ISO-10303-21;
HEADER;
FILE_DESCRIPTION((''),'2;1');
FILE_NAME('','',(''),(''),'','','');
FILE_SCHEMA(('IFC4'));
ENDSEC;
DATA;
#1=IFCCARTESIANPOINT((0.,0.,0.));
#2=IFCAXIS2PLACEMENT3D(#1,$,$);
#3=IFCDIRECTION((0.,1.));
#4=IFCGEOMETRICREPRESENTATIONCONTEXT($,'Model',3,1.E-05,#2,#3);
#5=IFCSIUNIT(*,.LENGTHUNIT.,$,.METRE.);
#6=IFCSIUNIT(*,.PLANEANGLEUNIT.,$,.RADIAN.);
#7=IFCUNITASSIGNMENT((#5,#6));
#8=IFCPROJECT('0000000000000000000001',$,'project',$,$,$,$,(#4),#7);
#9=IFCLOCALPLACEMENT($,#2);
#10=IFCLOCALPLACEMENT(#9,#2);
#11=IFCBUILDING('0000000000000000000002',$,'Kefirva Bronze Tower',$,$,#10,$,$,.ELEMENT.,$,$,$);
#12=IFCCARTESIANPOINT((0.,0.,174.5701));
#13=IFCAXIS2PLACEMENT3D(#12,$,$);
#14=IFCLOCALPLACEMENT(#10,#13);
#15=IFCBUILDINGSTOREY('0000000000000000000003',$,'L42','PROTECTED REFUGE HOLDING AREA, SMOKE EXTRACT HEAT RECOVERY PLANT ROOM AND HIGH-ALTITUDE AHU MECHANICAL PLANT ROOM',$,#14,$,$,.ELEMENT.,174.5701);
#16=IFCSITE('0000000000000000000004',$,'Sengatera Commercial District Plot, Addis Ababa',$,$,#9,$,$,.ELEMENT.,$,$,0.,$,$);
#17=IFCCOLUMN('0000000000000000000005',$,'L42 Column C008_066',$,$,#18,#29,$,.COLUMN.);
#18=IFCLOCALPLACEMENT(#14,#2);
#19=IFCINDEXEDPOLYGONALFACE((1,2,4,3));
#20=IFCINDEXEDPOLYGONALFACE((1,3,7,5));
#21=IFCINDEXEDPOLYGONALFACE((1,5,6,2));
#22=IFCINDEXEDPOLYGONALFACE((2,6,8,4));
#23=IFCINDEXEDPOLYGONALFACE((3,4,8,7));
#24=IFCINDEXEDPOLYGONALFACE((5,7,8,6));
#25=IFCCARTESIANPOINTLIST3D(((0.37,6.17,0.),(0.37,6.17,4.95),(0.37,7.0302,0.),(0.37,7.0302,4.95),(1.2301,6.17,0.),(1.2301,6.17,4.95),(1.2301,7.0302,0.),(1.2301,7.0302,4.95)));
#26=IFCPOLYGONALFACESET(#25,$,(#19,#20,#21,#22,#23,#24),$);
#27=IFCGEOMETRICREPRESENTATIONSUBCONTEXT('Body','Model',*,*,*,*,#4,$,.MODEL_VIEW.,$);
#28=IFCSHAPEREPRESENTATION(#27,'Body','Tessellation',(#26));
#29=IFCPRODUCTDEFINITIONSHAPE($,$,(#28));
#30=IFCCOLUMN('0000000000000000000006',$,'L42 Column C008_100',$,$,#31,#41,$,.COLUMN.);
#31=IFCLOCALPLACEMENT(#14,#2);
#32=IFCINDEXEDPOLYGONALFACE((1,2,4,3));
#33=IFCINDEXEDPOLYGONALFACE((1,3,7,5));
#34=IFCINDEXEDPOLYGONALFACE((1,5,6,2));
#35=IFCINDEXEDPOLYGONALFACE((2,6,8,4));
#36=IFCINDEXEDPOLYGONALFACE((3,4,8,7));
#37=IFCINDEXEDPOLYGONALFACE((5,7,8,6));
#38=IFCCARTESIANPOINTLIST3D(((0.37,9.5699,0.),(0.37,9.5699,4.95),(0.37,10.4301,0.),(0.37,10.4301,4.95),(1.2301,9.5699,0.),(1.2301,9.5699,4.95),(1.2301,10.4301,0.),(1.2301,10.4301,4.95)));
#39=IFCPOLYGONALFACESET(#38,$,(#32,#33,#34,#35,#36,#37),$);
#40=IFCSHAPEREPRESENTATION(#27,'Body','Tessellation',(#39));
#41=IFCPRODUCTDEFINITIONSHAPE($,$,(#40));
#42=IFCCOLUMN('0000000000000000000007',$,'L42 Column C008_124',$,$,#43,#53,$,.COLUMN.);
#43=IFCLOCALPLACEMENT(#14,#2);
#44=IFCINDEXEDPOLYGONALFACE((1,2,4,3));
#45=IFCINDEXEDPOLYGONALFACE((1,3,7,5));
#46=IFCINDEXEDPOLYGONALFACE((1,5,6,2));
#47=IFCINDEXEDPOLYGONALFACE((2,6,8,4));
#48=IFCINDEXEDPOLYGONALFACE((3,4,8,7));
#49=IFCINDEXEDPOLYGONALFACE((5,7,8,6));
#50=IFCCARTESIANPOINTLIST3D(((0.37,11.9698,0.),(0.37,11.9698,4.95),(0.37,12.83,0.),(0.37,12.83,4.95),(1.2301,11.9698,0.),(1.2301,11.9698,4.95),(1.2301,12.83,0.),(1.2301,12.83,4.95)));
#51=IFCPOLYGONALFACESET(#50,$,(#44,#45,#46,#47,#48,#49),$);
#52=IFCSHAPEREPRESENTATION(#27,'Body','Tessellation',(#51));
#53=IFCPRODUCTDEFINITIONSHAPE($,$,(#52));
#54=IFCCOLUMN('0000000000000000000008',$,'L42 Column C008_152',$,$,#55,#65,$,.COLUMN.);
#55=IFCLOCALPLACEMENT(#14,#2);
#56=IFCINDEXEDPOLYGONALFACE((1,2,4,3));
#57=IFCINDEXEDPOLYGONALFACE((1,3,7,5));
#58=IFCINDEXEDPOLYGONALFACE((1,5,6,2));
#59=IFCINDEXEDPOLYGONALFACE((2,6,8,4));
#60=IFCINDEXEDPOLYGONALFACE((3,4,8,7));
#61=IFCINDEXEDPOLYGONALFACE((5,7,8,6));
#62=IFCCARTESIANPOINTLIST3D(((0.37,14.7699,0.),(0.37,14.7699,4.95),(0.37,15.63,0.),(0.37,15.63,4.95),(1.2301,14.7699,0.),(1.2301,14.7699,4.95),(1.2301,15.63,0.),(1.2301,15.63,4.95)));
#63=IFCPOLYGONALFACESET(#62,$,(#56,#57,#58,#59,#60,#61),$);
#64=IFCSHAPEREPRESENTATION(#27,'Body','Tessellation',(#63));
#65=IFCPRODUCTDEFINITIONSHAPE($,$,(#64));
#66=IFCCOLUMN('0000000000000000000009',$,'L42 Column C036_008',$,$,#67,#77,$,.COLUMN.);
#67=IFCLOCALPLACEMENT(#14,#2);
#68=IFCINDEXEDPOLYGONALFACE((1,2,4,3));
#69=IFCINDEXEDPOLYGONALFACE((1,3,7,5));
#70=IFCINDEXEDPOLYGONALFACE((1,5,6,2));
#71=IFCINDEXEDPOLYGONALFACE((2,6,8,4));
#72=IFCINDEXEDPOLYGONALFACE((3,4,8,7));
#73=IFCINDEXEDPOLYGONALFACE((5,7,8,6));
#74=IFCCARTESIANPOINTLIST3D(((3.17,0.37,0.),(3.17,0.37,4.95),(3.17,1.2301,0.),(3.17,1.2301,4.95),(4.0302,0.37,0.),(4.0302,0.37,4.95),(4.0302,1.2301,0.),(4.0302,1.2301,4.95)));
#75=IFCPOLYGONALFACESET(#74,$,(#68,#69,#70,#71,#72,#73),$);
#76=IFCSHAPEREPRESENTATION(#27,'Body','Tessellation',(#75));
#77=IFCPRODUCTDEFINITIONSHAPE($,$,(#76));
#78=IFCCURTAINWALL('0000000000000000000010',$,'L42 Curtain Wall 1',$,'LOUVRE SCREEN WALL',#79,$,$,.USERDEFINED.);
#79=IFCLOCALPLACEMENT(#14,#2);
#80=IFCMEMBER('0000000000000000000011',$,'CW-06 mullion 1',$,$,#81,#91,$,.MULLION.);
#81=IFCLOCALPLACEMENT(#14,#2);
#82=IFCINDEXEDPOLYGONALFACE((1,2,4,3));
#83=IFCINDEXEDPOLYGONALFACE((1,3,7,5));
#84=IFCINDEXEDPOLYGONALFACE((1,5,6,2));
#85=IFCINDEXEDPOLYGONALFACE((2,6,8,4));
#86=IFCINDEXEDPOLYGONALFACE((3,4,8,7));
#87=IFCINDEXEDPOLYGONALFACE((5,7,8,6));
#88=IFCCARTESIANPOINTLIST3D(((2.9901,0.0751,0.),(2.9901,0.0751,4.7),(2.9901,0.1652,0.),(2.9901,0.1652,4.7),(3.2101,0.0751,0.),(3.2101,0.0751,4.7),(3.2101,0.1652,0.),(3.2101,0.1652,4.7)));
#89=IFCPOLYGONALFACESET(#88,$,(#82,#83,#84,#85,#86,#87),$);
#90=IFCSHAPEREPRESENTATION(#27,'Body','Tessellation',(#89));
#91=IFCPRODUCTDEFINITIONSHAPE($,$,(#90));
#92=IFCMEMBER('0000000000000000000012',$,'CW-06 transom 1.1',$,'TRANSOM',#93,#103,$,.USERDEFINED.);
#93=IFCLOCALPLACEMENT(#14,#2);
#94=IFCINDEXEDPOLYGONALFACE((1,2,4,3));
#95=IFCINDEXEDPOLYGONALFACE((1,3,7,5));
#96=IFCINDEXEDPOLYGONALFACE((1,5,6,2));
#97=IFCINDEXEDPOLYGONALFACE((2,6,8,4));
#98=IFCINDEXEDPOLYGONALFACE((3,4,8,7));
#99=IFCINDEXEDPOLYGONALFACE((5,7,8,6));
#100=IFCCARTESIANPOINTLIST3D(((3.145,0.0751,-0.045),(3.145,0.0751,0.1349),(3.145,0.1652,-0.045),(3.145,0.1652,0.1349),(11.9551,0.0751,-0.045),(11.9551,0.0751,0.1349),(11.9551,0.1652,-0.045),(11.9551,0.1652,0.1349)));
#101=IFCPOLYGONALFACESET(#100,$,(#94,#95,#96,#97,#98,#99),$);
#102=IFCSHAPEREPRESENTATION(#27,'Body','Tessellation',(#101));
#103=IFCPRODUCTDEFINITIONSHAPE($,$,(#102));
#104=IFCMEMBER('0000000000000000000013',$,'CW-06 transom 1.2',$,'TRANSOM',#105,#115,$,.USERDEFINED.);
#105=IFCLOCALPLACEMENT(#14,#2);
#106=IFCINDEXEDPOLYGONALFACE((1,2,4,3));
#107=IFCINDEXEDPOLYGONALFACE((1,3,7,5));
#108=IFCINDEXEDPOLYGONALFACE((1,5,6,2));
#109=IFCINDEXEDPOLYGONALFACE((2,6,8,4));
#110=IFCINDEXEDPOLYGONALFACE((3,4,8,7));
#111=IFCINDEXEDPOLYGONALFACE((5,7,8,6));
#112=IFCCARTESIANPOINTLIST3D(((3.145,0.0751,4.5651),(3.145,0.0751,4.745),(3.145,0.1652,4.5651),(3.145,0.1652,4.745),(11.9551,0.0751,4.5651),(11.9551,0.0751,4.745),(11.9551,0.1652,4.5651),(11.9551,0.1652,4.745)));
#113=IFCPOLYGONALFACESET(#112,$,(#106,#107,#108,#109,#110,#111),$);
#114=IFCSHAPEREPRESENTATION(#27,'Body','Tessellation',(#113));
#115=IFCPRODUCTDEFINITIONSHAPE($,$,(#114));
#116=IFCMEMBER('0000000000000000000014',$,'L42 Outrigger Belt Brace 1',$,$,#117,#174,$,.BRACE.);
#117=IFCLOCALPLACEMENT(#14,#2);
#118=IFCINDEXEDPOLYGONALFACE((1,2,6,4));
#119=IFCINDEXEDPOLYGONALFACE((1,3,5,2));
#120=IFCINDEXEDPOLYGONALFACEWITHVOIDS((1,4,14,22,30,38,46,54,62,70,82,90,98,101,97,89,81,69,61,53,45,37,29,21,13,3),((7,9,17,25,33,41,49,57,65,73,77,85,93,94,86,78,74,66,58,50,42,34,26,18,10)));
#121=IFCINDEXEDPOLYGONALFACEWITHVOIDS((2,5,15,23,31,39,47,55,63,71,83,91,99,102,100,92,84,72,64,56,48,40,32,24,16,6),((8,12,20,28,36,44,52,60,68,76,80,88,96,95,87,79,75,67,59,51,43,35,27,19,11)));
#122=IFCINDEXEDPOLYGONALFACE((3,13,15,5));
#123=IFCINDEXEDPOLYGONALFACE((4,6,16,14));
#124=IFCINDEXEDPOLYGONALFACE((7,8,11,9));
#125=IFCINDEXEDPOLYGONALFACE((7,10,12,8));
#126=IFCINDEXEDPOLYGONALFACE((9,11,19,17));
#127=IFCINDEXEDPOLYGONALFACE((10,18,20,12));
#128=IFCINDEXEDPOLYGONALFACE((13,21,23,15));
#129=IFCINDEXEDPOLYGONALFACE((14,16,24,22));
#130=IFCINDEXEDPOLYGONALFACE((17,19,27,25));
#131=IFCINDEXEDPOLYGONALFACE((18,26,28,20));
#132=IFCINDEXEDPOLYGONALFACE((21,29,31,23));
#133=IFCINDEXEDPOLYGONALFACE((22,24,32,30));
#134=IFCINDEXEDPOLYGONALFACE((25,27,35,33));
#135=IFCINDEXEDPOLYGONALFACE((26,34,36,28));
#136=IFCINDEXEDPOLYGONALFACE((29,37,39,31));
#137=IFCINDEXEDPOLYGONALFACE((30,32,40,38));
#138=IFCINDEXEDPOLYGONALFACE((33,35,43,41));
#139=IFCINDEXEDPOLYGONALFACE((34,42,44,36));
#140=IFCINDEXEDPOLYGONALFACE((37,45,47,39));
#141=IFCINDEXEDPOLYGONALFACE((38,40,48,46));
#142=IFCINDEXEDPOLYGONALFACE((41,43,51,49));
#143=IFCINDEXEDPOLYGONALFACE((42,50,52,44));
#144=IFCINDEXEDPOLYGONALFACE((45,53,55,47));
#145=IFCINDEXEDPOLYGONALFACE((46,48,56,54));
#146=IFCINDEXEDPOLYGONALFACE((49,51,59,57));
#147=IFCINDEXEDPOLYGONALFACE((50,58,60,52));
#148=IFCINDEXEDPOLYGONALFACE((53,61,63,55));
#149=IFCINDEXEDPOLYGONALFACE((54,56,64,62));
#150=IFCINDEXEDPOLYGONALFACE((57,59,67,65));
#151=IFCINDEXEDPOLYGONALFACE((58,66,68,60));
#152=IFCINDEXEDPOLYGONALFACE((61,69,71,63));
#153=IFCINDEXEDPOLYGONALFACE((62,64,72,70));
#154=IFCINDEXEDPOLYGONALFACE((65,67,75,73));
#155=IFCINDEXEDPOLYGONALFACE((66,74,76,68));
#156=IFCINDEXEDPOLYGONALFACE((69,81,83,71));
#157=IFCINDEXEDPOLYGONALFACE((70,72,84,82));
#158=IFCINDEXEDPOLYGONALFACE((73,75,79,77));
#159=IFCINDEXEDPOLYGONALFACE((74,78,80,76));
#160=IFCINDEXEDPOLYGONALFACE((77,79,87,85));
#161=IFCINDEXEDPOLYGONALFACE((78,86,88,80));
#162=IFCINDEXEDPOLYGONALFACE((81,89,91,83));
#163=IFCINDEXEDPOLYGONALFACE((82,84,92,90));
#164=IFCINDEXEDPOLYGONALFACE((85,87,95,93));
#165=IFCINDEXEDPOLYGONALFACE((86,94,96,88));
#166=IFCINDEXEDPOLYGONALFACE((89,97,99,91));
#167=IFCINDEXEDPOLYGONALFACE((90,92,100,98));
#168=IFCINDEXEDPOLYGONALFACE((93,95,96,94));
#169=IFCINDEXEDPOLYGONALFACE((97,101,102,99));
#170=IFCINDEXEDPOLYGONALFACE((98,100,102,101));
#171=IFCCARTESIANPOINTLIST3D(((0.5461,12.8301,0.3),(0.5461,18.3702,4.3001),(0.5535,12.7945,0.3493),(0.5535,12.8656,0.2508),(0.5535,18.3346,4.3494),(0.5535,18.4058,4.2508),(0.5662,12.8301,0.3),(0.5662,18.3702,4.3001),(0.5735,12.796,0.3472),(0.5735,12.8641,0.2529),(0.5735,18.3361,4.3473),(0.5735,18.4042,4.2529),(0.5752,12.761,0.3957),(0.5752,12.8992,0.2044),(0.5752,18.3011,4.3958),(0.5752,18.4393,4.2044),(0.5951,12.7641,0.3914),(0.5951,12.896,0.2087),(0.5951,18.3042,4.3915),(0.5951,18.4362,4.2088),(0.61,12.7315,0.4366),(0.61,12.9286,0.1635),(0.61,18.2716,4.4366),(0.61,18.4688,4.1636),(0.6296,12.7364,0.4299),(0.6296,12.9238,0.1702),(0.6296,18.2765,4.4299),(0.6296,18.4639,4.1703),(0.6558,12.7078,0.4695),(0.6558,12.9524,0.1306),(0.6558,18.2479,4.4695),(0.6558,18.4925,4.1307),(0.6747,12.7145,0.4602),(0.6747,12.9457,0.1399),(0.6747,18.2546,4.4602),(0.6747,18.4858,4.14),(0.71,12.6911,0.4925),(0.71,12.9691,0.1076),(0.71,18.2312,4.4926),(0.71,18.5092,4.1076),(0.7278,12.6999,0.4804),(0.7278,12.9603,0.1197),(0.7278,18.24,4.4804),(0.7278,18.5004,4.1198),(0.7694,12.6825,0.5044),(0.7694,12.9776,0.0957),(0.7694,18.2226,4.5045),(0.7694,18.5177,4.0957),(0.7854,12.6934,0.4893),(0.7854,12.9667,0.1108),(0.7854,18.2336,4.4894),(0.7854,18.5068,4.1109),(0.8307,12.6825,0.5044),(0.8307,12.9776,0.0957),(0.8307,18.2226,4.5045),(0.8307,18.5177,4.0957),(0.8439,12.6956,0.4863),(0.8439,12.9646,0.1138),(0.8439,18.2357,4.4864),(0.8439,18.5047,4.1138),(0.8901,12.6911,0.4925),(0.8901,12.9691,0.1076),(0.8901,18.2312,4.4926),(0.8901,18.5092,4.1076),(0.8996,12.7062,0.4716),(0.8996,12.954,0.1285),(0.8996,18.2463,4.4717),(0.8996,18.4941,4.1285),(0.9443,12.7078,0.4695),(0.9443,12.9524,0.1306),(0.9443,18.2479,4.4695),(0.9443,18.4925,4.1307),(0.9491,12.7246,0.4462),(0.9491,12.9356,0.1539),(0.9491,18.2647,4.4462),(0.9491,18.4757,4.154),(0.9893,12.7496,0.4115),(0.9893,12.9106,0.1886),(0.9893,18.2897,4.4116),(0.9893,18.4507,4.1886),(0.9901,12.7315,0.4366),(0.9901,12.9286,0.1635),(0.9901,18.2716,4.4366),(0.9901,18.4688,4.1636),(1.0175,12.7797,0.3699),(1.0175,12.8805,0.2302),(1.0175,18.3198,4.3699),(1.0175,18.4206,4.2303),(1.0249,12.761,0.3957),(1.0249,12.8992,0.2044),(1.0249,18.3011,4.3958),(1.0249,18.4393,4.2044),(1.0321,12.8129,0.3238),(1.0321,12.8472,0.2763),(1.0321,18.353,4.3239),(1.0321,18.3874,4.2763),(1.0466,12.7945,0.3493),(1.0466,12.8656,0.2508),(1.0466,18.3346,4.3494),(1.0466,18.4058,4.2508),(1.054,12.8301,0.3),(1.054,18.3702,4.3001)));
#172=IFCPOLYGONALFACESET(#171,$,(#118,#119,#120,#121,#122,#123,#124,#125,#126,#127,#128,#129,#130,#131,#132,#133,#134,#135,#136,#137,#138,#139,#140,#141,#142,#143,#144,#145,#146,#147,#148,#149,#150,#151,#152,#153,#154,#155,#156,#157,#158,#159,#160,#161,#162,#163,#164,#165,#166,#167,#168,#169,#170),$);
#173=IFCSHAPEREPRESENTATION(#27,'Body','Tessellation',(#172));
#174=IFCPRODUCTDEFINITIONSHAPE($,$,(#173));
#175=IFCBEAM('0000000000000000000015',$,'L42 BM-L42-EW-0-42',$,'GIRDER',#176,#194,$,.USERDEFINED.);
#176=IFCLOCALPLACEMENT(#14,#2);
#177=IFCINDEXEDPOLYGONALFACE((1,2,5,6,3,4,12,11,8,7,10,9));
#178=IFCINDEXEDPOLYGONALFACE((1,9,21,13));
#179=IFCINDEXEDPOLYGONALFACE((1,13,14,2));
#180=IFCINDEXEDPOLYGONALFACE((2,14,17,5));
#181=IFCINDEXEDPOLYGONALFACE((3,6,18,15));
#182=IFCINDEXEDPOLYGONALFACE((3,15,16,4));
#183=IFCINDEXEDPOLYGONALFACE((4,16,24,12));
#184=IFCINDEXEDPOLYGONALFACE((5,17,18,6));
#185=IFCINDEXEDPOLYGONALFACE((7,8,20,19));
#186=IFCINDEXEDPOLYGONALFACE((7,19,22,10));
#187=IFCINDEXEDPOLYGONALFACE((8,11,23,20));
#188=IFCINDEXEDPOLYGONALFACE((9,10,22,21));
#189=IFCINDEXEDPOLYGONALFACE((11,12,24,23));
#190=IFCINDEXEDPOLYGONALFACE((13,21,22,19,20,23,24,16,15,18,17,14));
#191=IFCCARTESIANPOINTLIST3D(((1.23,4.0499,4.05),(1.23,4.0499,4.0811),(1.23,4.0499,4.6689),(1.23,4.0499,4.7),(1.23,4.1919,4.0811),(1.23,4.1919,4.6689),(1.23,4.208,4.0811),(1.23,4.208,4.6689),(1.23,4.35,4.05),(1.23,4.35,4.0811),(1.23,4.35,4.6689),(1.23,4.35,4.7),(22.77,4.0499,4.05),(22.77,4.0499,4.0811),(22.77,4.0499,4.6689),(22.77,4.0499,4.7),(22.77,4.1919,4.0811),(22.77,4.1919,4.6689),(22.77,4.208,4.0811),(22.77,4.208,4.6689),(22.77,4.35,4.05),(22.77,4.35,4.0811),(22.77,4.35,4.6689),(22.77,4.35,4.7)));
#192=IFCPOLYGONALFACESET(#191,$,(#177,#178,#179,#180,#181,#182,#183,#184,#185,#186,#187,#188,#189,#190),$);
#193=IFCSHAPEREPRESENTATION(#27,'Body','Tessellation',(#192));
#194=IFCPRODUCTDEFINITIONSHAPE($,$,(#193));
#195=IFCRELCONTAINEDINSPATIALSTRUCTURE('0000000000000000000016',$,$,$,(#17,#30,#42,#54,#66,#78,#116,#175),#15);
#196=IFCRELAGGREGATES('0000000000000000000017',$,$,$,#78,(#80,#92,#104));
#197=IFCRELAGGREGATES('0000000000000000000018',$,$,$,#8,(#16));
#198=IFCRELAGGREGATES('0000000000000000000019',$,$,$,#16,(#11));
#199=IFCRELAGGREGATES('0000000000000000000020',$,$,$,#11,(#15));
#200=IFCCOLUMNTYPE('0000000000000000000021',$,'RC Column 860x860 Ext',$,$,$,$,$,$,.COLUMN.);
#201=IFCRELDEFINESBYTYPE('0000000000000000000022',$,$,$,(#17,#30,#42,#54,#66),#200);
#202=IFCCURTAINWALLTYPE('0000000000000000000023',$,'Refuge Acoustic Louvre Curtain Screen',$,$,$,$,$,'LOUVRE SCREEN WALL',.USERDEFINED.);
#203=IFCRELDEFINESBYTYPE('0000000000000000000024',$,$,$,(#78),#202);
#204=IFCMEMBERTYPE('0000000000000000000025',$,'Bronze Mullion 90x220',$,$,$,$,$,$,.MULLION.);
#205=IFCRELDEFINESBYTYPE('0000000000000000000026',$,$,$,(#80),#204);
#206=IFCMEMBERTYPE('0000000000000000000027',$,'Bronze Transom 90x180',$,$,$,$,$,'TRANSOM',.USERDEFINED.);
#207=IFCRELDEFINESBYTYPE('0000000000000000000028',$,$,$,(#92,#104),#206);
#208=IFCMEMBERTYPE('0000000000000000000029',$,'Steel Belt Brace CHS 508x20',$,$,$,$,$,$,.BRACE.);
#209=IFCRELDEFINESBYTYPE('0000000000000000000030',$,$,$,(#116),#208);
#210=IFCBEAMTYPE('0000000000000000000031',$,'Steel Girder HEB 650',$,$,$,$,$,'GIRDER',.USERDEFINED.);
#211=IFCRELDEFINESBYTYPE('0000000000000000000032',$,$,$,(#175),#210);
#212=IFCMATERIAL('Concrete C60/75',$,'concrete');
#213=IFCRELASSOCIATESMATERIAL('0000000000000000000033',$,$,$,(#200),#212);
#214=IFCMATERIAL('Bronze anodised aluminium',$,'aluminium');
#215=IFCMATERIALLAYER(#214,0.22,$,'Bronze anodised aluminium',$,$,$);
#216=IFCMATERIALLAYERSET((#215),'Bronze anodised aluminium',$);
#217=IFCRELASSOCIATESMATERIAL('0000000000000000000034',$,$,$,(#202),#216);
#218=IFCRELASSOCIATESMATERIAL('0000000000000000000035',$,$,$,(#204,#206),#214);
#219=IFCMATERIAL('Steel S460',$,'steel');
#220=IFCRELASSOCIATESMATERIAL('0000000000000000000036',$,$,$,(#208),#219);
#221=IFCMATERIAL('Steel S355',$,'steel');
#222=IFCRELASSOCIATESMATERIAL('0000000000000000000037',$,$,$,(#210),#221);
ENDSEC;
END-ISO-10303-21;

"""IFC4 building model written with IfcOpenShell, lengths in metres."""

from ifc_helpers import new_model, si_unit, direction, frame, origin, origin_2d, place, context, subcontext, project, spatial, rectangle, hollow_circle, i_section, extrude, material, layer, layer_set, material_profile, profile_set, type_object, element, aggregate, save


model = new_model("IFC4")

# Units and contexts
model_context = context("Model", 3, precision=1e-05, world=origin(), true_north=direction((0.0, 1.0)))
body_context = subcontext(model_context, "Body", "Model", "MODEL_VIEW")
ifc_project = project(units=[si_unit("LENGTHUNIT", "METRE"), si_unit("PLANEANGLEUNIT", "RADIAN")], contexts=[model_context])

# Site, building, storey
site_placement = place(None, origin())
site = spatial("IfcSite", under=ifc_project, at=site_placement, Name="Sengatera Commercial District Plot, Addis Ababa", CompositionType="ELEMENT", RefElevation=0.0)
building_placement = place(site_placement, origin())
building = spatial("IfcBuilding", under=site, at=building_placement, Name="Kefirva Bronze Tower", CompositionType="ELEMENT")
storey_placement = place(building_placement, frame((0.0, 0.0, 174.5701)))
storey = spatial("IfcBuildingStorey", under=building, at=storey_placement, Name="L42", Description="PROTECTED REFUGE HOLDING AREA, SMOKE EXTRACT HEAT RECOVERY PLANT ROOM AND HIGH-ALTITUDE AHU MECHANICAL PLANT ROOM", CompositionType="ELEMENT", Elevation=174.5701)

# Columns
ifc_material_1 = material(Name="Concrete C60/75", Category="concrete")
ifc_material_profile_1 = material_profile(ifc_material_1, rectangle(XDim=0.8601, YDim=0.8601, at=origin_2d()), Name="RC 860x860")
ifc_profile_set_1 = profile_set([ifc_material_profile_1], Name="Concrete C60/75")
column_type = type_object("IfcColumnType", Name="RC Column 860x860 Ext", PredefinedType="COLUMN", material=ifc_profile_set_1)
for number, where, z_axis, x_axis, name in (
    (1, (0.8, 6.6001, 0.0), (0.0, 0.0, 1.0), (1.0, 0.0, 0.0), "L42 Column C008_066"),
    (2, (0.8, 10.0, 0.0), (0.0, 0.0, 1.0), (1.0, 0.0, 0.0), "L42 Column C008_100"),
    (3, (0.8, 12.3999, 0.0), (0.0, 0.0, 1.0), (1.0, 0.0, 0.0), "L42 Column C008_124"),
    (4, (0.8, 15.2, 0.0), (0.0, 0.0, 1.0), (1.0, 0.0, 0.0), "L42 Column C008_152"),
    (5, (3.6001, 0.8, 0.0), (0.0, 0.0, 1.0), (1.0, 0.0, 0.0), "L42 Column C036_008"),
):
    element("IfcColumn", number, at=place(storey_placement, frame(where, z_axis=z_axis, x_axis=x_axis)), inside=storey, type_object=column_type, Name=name, PredefinedType="COLUMN", context=body_context, shape_type="SweptSolid", body=[
        extrude(rectangle(XDim=0.8601, YDim=0.8601, at=origin_2d()), origin(), (0.0, 0.0, 1.0), 4.95),
    ])

# Curtain wall, members
ifc_material_2 = material(Name="Bronze anodised aluminium", Category="aluminium")
ifc_layer_1 = layer(ifc_material_2, 0.22, Name="Bronze anodised aluminium")
ifc_layer_set_1 = layer_set([ifc_layer_1], Name="Bronze anodised aluminium")
curtain_wall_type = type_object("IfcCurtainWallType", Name="Refuge Acoustic Louvre Curtain Screen", ElementType="LOUVRE SCREEN WALL", PredefinedType="USERDEFINED", material=ifc_layer_set_1)
curtain_wall_placement = place(storey_placement, origin())
curtain_wall = element("IfcCurtainWall", 6, at=curtain_wall_placement, inside=storey, type_object=curtain_wall_type, Name="L42 Curtain Wall 1", ObjectType="LOUVRE SCREEN WALL", PredefinedType="USERDEFINED")
ifc_material_profile_2 = material_profile(ifc_material_2, rectangle(XDim=0.0901, YDim=0.22, at=origin_2d()), Name="ALU 90x220")
ifc_profile_set_2 = profile_set([ifc_material_profile_2], Name="Bronze anodised aluminium")
member_type_1 = type_object("IfcMemberType", Name="Bronze Mullion 90x220", PredefinedType="MULLION", material=ifc_profile_set_2)
member_1_placement = place(storey_placement, frame((3.1001, 0.1201, 0.0), z_axis=(0.0, 0.0, 1.0), x_axis=(0.0, 1.0, 0.0)))
member_1 = element("IfcMember", 7, at=member_1_placement, type_object=member_type_1, Name="CW-06 mullion 1", PredefinedType="MULLION", context=body_context, shape_type="SweptSolid", body=[
    extrude(rectangle(XDim=0.0901, YDim=0.22, at=origin_2d()), origin(), (0.0, 0.0, 1.0), 4.7),
])
ifc_material_profile_3 = material_profile(ifc_material_2, rectangle(XDim=0.0901, YDim=0.1799, at=origin_2d()), Name="ALU 90x180")
ifc_profile_set_3 = profile_set([ifc_material_profile_3], Name="Bronze anodised aluminium")
member_type_2 = type_object("IfcMemberType", Name="Bronze Transom 90x180", ElementType="TRANSOM", PredefinedType="USERDEFINED", material=ifc_profile_set_3)
member_2_placement = place(storey_placement, frame((3.145, 0.1201, 0.0449), z_axis=(1.0, 0.0, 0.0), x_axis=(0.0, 1.0, 0.0)))
member_2 = element("IfcMember", 8, at=member_2_placement, type_object=member_type_2, Name="CW-06 transom 1.1", ObjectType="TRANSOM", PredefinedType="USERDEFINED", context=body_context, shape_type="SweptSolid", body=[
    extrude(rectangle(XDim=0.0901, YDim=0.1799, at=origin_2d()), origin(), (0.0, 0.0, 1.0), 8.8101),
])
member_3_placement = place(storey_placement, frame((3.145, 0.1201, 4.655), z_axis=(1.0, 0.0, 0.0), x_axis=(0.0, 1.0, 0.0)))
member_3 = element("IfcMember", 9, at=member_3_placement, type_object=member_type_2, Name="CW-06 transom 1.2", ObjectType="TRANSOM", PredefinedType="USERDEFINED", context=body_context, shape_type="SweptSolid", body=[
    extrude(rectangle(XDim=0.0901, YDim=0.1799, at=origin_2d()), origin(), (0.0, 0.0, 1.0), 8.8101),
])
aggregate(curtain_wall, [member_1, member_2, member_3])

# Member
ifc_material_3 = material(Name="Steel S460", Category="steel")
ifc_material_profile_4 = material_profile(ifc_material_3, hollow_circle(Radius=0.2539, WallThickness=0.02, at=origin_2d()), Name="CHS 508x20")
ifc_profile_set_4 = profile_set([ifc_material_profile_4], Name="Steel S460")
member_type_3 = type_object("IfcMemberType", Name="Steel Belt Brace CHS 508x20", PredefinedType="BRACE", material=ifc_profile_set_4)
member_4_placement = place(storey_placement, frame((0.8, 12.8301, 0.3), z_axis=(0.0, 0.810758, 0.585381), x_axis=(-1.0, 0.0, 0.0)))
element("IfcMember", 10, at=member_4_placement, inside=storey, type_object=member_type_3, Name="L42 Outrigger Belt Brace 1", PredefinedType="BRACE", context=body_context, shape_type="SweptSolid", body=[
    extrude(hollow_circle(Radius=0.2539, WallThickness=0.02, at=origin_2d()), origin(), (0.0, 0.0, 1.0), 6.8333),
])

# Beam
ifc_material_4 = material(Name="Steel S355", Category="steel")
ifc_material_profile_5 = material_profile(ifc_material_4, i_section(OverallWidth=0.3, OverallDepth=0.6499, WebThickness=0.0161, FlangeThickness=0.031, at=origin_2d()), Name="HEB 650")
ifc_profile_set_5 = profile_set([ifc_material_profile_5], Name="Steel S355")
beam_type_1 = type_object("IfcBeamType", Name="Steel Girder HEB 650", ElementType="GIRDER", PredefinedType="USERDEFINED", material=ifc_profile_set_5)
beam_1_placement = place(storey_placement, frame((1.23, 4.2, 4.375), z_axis=(1.0, 0.0, 0.0), x_axis=(0.0, 1.0, 0.0)))
element("IfcBeam", 11, at=beam_1_placement, inside=storey, type_object=beam_type_1, Name="L42 BM-L42-EW-0-42", ObjectType="GIRDER", PredefinedType="USERDEFINED", context=body_context, shape_type="SweptSolid", body=[
    extrude(i_section(OverallWidth=0.3, OverallDepth=0.6499, WebThickness=0.0161, FlangeThickness=0.031, at=origin_2d()), origin(), (0.0, 0.0, 1.0), 21.54),
])

save(model, "model.ifc")
